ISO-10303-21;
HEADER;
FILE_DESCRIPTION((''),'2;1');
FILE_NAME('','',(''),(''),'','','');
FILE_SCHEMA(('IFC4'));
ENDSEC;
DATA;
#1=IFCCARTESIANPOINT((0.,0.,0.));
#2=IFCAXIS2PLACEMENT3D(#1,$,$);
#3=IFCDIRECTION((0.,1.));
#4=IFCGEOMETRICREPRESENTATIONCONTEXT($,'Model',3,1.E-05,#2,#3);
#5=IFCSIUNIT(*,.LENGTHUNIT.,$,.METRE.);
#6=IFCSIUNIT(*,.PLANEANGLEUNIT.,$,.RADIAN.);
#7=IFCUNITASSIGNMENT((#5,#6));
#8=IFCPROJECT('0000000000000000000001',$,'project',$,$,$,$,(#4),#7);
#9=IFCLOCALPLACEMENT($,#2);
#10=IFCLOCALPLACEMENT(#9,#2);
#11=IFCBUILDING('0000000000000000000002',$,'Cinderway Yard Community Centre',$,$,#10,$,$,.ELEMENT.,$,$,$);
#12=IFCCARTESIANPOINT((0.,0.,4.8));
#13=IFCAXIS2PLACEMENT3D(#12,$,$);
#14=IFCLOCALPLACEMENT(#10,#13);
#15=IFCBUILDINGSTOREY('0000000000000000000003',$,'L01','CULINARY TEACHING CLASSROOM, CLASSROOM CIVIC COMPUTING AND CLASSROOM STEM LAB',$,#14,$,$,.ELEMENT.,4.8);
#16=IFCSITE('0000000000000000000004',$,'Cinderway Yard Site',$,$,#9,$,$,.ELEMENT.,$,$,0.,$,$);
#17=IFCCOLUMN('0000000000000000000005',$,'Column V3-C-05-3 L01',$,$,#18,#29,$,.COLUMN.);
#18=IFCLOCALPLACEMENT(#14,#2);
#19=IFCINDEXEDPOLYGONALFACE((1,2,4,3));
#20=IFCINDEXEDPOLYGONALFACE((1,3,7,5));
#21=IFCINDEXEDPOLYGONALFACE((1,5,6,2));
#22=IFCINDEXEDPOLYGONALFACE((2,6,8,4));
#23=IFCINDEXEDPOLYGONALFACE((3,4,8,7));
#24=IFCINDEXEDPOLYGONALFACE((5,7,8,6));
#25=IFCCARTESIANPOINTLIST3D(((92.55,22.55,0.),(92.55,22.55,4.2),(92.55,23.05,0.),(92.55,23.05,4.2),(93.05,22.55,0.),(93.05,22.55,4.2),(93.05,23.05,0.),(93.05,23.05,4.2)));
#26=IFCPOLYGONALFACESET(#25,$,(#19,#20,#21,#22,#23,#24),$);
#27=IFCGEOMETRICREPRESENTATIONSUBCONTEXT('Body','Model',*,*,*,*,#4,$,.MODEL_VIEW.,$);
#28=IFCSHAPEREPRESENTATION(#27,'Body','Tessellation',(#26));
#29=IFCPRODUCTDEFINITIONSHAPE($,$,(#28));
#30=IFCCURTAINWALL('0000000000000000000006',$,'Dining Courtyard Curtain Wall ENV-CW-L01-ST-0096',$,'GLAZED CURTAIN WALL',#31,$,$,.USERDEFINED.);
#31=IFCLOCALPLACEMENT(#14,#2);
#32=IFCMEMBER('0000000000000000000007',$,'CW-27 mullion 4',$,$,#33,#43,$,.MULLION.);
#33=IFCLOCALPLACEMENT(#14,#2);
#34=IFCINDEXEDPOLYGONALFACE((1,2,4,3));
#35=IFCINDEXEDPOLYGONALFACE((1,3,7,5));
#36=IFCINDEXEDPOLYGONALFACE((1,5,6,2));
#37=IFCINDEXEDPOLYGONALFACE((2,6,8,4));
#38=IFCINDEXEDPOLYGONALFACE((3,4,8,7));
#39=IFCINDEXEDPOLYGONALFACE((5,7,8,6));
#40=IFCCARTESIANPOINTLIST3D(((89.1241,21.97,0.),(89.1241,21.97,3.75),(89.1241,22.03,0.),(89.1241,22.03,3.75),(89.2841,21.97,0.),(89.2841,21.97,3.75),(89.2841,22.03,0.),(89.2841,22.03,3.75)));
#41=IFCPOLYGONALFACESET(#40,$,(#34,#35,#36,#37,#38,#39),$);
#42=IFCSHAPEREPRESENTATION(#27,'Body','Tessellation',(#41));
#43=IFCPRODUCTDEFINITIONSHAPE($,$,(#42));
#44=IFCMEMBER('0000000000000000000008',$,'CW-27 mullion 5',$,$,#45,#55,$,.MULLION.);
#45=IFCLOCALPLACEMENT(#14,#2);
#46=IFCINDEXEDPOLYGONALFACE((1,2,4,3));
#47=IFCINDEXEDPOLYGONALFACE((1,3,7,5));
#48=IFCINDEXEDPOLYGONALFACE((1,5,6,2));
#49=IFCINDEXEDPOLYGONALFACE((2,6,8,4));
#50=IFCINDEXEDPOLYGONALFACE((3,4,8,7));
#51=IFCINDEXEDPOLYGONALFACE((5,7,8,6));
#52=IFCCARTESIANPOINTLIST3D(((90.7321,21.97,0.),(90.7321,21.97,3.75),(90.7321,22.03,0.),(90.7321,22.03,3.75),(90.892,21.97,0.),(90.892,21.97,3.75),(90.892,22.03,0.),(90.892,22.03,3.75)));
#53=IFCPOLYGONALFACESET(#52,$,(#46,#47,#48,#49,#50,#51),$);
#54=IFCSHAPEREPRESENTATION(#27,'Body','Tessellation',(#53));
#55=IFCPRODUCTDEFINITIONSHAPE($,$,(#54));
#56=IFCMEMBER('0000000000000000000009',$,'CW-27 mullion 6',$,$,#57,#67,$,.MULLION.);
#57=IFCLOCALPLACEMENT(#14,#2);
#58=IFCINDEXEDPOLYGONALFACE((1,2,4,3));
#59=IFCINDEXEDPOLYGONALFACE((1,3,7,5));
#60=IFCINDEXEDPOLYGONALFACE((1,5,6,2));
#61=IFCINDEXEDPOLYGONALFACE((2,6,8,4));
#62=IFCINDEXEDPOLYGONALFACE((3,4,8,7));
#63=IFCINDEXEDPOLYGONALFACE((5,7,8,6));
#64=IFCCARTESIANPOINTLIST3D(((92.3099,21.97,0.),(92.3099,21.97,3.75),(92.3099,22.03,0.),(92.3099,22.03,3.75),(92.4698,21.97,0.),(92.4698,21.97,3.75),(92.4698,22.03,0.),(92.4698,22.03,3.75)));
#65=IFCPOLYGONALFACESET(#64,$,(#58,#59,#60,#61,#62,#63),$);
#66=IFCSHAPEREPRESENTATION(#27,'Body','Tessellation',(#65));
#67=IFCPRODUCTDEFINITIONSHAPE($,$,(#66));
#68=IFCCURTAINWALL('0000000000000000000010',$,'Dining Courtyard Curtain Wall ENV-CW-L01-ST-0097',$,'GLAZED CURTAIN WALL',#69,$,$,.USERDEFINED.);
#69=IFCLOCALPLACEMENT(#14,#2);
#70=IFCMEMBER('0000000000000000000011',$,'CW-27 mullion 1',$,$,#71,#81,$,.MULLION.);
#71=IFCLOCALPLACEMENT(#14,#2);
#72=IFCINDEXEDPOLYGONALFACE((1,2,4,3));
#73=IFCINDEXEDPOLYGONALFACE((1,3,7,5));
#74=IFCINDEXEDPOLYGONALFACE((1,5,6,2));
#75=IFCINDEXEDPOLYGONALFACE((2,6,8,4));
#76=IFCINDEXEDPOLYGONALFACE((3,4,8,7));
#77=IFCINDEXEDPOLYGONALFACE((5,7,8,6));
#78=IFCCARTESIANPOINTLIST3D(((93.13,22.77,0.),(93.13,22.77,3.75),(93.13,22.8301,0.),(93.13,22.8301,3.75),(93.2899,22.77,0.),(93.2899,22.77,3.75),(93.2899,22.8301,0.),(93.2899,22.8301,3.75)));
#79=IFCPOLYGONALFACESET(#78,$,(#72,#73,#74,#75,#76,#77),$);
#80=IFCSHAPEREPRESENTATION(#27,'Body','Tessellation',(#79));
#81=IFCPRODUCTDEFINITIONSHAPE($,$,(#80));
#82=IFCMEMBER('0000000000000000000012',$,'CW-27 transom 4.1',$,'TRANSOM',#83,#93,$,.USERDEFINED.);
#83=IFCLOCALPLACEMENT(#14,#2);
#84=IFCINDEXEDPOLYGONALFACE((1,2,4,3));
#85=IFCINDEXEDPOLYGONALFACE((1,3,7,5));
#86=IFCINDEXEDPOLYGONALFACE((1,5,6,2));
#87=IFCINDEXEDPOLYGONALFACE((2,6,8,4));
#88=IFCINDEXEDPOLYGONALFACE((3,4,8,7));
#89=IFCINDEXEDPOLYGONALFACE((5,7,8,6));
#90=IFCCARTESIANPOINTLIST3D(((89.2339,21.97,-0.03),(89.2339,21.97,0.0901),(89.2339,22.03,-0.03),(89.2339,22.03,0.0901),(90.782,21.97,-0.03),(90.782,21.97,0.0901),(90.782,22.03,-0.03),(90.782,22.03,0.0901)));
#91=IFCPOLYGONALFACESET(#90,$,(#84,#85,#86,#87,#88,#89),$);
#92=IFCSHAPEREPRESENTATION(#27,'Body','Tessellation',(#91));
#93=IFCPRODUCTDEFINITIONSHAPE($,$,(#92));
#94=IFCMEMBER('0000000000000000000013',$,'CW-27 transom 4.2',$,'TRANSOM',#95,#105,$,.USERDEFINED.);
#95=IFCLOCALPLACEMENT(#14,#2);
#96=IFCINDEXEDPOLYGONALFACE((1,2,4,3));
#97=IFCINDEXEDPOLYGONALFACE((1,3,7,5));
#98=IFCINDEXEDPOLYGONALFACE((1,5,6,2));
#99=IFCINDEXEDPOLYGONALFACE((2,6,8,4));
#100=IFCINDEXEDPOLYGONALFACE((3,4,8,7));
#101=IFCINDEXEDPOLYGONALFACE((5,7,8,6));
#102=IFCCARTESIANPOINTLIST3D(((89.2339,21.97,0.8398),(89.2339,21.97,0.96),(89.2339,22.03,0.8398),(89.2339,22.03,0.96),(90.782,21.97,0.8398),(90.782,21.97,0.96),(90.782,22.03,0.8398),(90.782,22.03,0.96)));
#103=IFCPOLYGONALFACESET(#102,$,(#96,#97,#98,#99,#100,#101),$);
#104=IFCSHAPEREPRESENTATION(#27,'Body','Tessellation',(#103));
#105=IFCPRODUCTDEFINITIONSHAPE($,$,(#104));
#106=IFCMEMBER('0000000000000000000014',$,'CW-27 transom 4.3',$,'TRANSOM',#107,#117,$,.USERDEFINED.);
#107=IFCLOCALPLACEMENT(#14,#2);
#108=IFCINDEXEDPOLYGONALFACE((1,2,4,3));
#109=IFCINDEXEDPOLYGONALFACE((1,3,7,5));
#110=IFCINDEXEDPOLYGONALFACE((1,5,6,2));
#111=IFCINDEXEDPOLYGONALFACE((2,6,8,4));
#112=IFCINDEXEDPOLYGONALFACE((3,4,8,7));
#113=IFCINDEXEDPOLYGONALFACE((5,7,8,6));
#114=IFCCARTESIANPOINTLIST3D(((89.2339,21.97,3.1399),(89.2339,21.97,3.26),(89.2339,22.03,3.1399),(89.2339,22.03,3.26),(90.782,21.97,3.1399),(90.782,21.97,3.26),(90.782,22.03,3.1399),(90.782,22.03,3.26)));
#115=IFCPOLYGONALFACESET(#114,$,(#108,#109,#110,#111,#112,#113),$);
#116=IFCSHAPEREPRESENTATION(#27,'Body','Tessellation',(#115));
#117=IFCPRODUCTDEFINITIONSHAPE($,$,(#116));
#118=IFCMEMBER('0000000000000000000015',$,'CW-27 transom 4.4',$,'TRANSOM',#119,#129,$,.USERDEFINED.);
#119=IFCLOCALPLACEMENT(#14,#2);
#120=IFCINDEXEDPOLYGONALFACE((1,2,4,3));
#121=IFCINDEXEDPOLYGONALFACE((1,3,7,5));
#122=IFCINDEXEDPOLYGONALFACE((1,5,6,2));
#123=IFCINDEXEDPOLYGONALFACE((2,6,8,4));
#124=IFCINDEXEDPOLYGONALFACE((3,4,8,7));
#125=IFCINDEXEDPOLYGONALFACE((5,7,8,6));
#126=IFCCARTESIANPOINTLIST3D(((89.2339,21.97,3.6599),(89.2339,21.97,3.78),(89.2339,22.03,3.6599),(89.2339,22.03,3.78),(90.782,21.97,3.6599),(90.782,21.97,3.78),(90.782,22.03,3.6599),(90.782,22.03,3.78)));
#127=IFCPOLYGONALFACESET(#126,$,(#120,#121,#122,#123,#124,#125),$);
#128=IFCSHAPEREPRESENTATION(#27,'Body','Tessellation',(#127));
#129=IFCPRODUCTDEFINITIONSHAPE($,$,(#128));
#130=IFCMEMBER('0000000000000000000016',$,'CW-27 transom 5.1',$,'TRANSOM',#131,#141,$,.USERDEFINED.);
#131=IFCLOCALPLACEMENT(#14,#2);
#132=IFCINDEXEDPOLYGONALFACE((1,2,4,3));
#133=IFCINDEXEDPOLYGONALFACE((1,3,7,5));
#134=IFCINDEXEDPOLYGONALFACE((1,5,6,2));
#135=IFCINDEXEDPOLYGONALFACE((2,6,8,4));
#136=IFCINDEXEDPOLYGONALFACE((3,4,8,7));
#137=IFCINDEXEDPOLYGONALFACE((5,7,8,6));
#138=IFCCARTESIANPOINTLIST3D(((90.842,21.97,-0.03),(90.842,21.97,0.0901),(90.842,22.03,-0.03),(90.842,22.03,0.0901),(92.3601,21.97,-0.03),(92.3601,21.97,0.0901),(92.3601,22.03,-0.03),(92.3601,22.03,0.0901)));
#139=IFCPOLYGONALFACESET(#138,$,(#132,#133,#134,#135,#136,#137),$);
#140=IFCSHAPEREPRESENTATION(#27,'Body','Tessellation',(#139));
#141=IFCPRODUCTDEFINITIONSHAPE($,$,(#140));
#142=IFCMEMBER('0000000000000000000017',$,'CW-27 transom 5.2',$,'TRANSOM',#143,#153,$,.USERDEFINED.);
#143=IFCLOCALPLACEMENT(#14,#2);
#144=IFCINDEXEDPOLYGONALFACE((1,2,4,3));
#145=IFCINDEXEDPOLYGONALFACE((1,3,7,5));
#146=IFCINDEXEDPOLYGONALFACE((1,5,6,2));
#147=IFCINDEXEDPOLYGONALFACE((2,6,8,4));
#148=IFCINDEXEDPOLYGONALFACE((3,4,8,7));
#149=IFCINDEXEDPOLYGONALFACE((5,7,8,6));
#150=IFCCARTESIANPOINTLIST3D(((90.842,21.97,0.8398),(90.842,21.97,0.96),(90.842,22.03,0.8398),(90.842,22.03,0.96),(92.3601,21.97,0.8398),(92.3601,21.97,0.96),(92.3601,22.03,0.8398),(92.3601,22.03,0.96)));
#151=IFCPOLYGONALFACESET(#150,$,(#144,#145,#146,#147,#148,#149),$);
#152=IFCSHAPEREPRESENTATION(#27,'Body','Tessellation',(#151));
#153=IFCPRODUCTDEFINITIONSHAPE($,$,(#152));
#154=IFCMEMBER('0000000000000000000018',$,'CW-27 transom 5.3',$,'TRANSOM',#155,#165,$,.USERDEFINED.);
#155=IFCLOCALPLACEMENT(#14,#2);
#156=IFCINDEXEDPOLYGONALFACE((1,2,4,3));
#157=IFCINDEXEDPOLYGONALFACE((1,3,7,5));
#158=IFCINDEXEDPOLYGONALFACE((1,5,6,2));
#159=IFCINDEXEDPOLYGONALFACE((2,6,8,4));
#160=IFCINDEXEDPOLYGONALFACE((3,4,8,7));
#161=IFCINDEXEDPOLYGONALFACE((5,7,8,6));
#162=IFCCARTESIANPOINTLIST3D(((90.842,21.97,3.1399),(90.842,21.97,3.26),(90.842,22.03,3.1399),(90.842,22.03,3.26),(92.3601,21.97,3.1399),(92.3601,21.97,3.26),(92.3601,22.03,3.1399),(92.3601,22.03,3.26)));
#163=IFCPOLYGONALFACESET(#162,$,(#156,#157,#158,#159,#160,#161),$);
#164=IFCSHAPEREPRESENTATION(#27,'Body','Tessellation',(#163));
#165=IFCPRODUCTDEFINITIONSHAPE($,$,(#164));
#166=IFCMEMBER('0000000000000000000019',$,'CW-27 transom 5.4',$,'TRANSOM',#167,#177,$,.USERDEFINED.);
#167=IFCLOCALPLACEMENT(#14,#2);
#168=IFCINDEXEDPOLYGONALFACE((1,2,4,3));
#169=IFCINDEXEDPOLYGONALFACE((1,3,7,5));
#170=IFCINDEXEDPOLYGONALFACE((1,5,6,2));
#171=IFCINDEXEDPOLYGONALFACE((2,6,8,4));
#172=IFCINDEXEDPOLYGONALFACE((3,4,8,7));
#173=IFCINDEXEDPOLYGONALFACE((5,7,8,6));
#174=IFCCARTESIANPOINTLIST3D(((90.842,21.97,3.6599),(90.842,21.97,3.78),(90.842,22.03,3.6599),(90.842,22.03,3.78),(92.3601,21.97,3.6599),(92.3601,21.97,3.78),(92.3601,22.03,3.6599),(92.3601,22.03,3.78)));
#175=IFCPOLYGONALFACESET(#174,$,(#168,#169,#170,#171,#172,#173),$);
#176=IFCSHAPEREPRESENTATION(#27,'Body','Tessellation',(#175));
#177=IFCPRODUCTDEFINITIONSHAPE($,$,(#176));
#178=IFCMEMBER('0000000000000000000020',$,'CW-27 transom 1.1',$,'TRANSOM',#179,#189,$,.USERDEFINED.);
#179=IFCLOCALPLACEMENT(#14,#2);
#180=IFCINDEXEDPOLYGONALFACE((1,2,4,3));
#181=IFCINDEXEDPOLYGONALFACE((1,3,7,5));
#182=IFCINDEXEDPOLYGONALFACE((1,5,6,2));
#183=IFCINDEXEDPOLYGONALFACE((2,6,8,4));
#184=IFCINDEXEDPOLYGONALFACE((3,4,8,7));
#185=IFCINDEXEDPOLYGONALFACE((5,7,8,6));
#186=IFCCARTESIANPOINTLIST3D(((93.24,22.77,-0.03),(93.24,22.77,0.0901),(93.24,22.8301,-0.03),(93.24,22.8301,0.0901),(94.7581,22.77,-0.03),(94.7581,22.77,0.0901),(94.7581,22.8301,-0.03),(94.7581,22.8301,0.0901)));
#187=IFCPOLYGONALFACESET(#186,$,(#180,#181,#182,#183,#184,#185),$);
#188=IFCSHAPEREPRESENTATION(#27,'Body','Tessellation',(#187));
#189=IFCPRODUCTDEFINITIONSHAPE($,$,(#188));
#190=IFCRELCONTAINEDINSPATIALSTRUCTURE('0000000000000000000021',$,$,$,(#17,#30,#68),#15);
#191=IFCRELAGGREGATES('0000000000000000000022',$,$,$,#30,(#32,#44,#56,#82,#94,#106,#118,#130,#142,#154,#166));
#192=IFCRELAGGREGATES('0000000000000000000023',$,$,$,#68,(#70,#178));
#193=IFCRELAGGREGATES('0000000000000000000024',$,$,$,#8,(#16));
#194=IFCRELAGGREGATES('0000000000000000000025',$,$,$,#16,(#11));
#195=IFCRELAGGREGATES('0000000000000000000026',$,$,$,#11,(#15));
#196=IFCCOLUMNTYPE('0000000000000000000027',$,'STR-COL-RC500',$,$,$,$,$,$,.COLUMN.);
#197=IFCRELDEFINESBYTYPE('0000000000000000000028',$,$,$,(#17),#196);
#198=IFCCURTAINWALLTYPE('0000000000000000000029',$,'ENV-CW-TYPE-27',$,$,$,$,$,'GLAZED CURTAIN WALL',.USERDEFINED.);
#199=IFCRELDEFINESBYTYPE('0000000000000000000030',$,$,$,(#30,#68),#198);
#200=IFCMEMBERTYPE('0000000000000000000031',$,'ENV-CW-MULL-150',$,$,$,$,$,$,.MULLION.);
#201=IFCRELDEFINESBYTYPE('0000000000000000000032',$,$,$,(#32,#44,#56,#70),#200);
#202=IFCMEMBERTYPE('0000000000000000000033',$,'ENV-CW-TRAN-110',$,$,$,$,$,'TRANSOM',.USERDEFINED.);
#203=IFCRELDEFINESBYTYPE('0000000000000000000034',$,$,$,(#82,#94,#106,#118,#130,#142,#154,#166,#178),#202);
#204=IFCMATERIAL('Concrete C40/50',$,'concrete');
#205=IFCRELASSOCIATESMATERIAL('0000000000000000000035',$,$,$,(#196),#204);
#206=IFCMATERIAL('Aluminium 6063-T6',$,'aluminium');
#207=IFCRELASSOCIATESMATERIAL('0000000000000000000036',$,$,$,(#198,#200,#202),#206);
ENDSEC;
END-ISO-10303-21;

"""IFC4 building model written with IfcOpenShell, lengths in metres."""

from ifc_helpers import new_model, si_unit, direction, frame, origin, origin_2d, place, context, subcontext, project, spatial, rectangle, extrude, material, material_profile, profile_set, type_object, element, aggregate, save


model = new_model("IFC4")

# Units and contexts
model_context = context("Model", 3, precision=1e-05, world=origin(), true_north=direction((0.0, 1.0)))
body_context = subcontext(model_context, "Body", "Model", "MODEL_VIEW")
ifc_project = project(units=[si_unit("LENGTHUNIT", "METRE"), si_unit("PLANEANGLEUNIT", "RADIAN")], contexts=[model_context])

# Site, building, storey
site_placement = place(None, origin())
site = spatial("IfcSite", under=ifc_project, at=site_placement, Name="Cinderway Yard Site", CompositionType="ELEMENT", RefElevation=0.0)
building_placement = place(site_placement, origin())
building = spatial("IfcBuilding", under=site, at=building_placement, Name="Cinderway Yard Community Centre", CompositionType="ELEMENT")
storey_placement = place(building_placement, frame((0.0, 0.0, 4.8)))
storey = spatial("IfcBuildingStorey", under=building, at=storey_placement, Name="L01", Description="CULINARY TEACHING CLASSROOM, CLASSROOM CIVIC COMPUTING AND CLASSROOM STEM LAB", CompositionType="ELEMENT", Elevation=4.8)

# Column
ifc_material_1 = material(Name="Concrete C40/50", Category="concrete")
ifc_material_profile_1 = material_profile(ifc_material_1, rectangle(XDim=0.5, YDim=0.5, at=origin_2d()), Name="Concrete C40/50")
ifc_profile_set_1 = profile_set([ifc_material_profile_1], Name="Concrete C40/50")
column_type = type_object("IfcColumnType", Name="STR-COL-RC500", PredefinedType="COLUMN", material=ifc_profile_set_1)
column_placement = place(storey_placement, frame((92.8, 22.8, 0.0), z_axis=(0.0, 0.0, 1.0), x_axis=(1.0, 0.0, 0.0)))
element("IfcColumn", 1, at=column_placement, inside=storey, type_object=column_type, Name="Column V3-C-05-3 L01", PredefinedType="COLUMN", context=body_context, shape_type="SweptSolid", body=[
    extrude(rectangle(XDim=0.5, YDim=0.5, at=origin_2d()), origin(), (0.0, 0.0, 1.0), 4.2),
])

# Curtain wall, members
ifc_material_2 = material(Name="Aluminium 6063-T6", Category="aluminium")
curtain_wall_type = type_object("IfcCurtainWallType", Name="ENV-CW-TYPE-27", ElementType="GLAZED CURTAIN WALL", PredefinedType="USERDEFINED", material=ifc_material_2)
curtain_wall_1_placement = place(storey_placement, origin())
curtain_wall_1 = element("IfcCurtainWall", 2, at=curtain_wall_1_placement, inside=storey, type_object=curtain_wall_type, Name="Dining Courtyard Curtain Wall ENV-CW-L01-ST-0096", ObjectType="GLAZED CURTAIN WALL", PredefinedType="USERDEFINED")
ifc_material_profile_2 = material_profile(ifc_material_2, rectangle(XDim=0.0601, YDim=0.1599, at=origin_2d()), Name="Aluminium 6063-T6")
ifc_profile_set_2 = profile_set([ifc_material_profile_2], Name="Aluminium 6063-T6")
member_type_1 = type_object("IfcMemberType", Name="ENV-CW-MULL-150", PredefinedType="MULLION", material=ifc_profile_set_2)
member_1_placement = place(storey_placement, frame((89.2041, 22.0, 0.0), z_axis=(0.0, 0.0, 1.0), x_axis=(0.0, 1.0, 0.0)))
member_1 = element("IfcMember", 3, at=member_1_placement, type_object=member_type_1, Name="CW-27 mullion 4", PredefinedType="MULLION", context=body_context, shape_type="SweptSolid", body=[
    extrude(rectangle(XDim=0.0601, YDim=0.1599, at=origin_2d()), origin(), (0.0, 0.0, 1.0), 3.75),
])
member_2_placement = place(storey_placement, frame((90.812, 22.0, 0.0), z_axis=(0.0, 0.0, 1.0), x_axis=(0.0, 1.0, 0.0)))
member_2 = element("IfcMember", 4, at=member_2_placement, type_object=member_type_1, Name="CW-27 mullion 5", PredefinedType="MULLION", context=body_context, shape_type="SweptSolid", body=[
    extrude(rectangle(XDim=0.0601, YDim=0.1599, at=origin_2d()), origin(), (0.0, 0.0, 1.0), 3.75),
])
member_3_placement = place(storey_placement, frame((92.3899, 22.0, 0.0), z_axis=(0.0, 0.0, 1.0), x_axis=(0.0, 1.0, 0.0)))
member_3 = element("IfcMember", 5, at=member_3_placement, type_object=member_type_1, Name="CW-27 mullion 6", PredefinedType="MULLION", context=body_context, shape_type="SweptSolid", body=[
    extrude(rectangle(XDim=0.0601, YDim=0.1599, at=origin_2d()), origin(), (0.0, 0.0, 1.0), 3.75),
])

# Curtain wall, member
curtain_wall_2_placement = place(storey_placement, origin())
curtain_wall_2 = element("IfcCurtainWall", 6, at=curtain_wall_2_placement, inside=storey, type_object=curtain_wall_type, Name="Dining Courtyard Curtain Wall ENV-CW-L01-ST-0097", ObjectType="GLAZED CURTAIN WALL", PredefinedType="USERDEFINED")
member_4_placement = place(storey_placement, frame((93.21, 22.8, 0.0), z_axis=(0.0, 0.0, 1.0), x_axis=(0.0, 1.0, 0.0)))
member_4 = element("IfcMember", 7, at=member_4_placement, type_object=member_type_1, Name="CW-27 mullion 1", PredefinedType="MULLION", context=body_context, shape_type="SweptSolid", body=[
    extrude(rectangle(XDim=0.0601, YDim=0.1599, at=origin_2d()), origin(), (0.0, 0.0, 1.0), 3.75),
])

# Members
ifc_material_profile_3 = material_profile(ifc_material_2, rectangle(XDim=0.0601, YDim=0.1201, at=origin_2d()), Name="Aluminium 6063-T6")
ifc_profile_set_3 = profile_set([ifc_material_profile_3], Name="Aluminium 6063-T6")
member_type_2 = type_object("IfcMemberType", Name="ENV-CW-TRAN-110", ElementType="TRANSOM", PredefinedType="USERDEFINED", material=ifc_profile_set_3)
member_5_placement = place(storey_placement, frame((89.2339, 22.0, 0.03), z_axis=(1.0, 0.0, 0.0), x_axis=(0.0, 1.0, 0.0)))
member_5 = element("IfcMember", 8, at=member_5_placement, type_object=member_type_2, Name="CW-27 transom 4.1", ObjectType="TRANSOM", PredefinedType="USERDEFINED", context=body_context, shape_type="SweptSolid", body=[
    extrude(rectangle(XDim=0.0601, YDim=0.1201, at=origin_2d()), origin(), (0.0, 0.0, 1.0), 1.5481),
])
member_6_placement = place(storey_placement, frame((89.2339, 22.0, 0.8999), z_axis=(1.0, 0.0, 0.0), x_axis=(0.0, 1.0, 0.0)))
member_6 = element("IfcMember", 9, at=member_6_placement, type_object=member_type_2, Name="CW-27 transom 4.2", ObjectType="TRANSOM", PredefinedType="USERDEFINED", context=body_context, shape_type="SweptSolid", body=[
    extrude(rectangle(XDim=0.0601, YDim=0.1201, at=origin_2d()), origin(), (0.0, 0.0, 1.0), 1.5481),
])
member_7_placement = place(storey_placement, frame((89.2339, 22.0, 3.2), z_axis=(1.0, 0.0, 0.0), x_axis=(0.0, 1.0, 0.0)))
member_7 = element("IfcMember", 10, at=member_7_placement, type_object=member_type_2, Name="CW-27 transom 4.3", ObjectType="TRANSOM", PredefinedType="USERDEFINED", context=body_context, shape_type="SweptSolid", body=[
    extrude(rectangle(XDim=0.0601, YDim=0.1201, at=origin_2d()), origin(), (0.0, 0.0, 1.0), 1.5481),
])
member_8_placement = place(storey_placement, frame((89.2339, 22.0, 3.72), z_axis=(1.0, 0.0, 0.0), x_axis=(0.0, 1.0, 0.0)))
member_8 = element("IfcMember", 11, at=member_8_placement, type_object=member_type_2, Name="CW-27 transom 4.4", ObjectType="TRANSOM", PredefinedType="USERDEFINED", context=body_context, shape_type="SweptSolid", body=[
    extrude(rectangle(XDim=0.0601, YDim=0.1201, at=origin_2d()), origin(), (0.0, 0.0, 1.0), 1.5481),
])
member_9_placement = place(storey_placement, frame((90.842, 22.0, 0.03), z_axis=(1.0, 0.0, 0.0), x_axis=(0.0, 1.0, 0.0)))
member_9 = element("IfcMember", 12, at=member_9_placement, type_object=member_type_2, Name="CW-27 transom 5.1", ObjectType="TRANSOM", PredefinedType="USERDEFINED", context=body_context, shape_type="SweptSolid", body=[
    extrude(rectangle(XDim=0.0601, YDim=0.1201, at=origin_2d()), origin(), (0.0, 0.0, 1.0), 1.5181),
])
member_10_placement = place(storey_placement, frame((90.842, 22.0, 0.8999), z_axis=(1.0, 0.0, 0.0), x_axis=(0.0, 1.0, 0.0)))
member_10 = element("IfcMember", 13, at=member_10_placement, type_object=member_type_2, Name="CW-27 transom 5.2", ObjectType="TRANSOM", PredefinedType="USERDEFINED", context=body_context, shape_type="SweptSolid", body=[
    extrude(rectangle(XDim=0.0601, YDim=0.1201, at=origin_2d()), origin(), (0.0, 0.0, 1.0), 1.5181),
])
member_11_placement = place(storey_placement, frame((90.842, 22.0, 3.2), z_axis=(1.0, 0.0, 0.0), x_axis=(0.0, 1.0, 0.0)))
member_11 = element("IfcMember", 14, at=member_11_placement, type_object=member_type_2, Name="CW-27 transom 5.3", ObjectType="TRANSOM", PredefinedType="USERDEFINED", context=body_context, shape_type="SweptSolid", body=[
    extrude(rectangle(XDim=0.0601, YDim=0.1201, at=origin_2d()), origin(), (0.0, 0.0, 1.0), 1.5181),
])
member_12_placement = place(storey_placement, frame((90.842, 22.0, 3.72), z_axis=(1.0, 0.0, 0.0), x_axis=(0.0, 1.0, 0.0)))
member_12 = element("IfcMember", 15, at=member_12_placement, type_object=member_type_2, Name="CW-27 transom 5.4", ObjectType="TRANSOM", PredefinedType="USERDEFINED", context=body_context, shape_type="SweptSolid", body=[
    extrude(rectangle(XDim=0.0601, YDim=0.1201, at=origin_2d()), origin(), (0.0, 0.0, 1.0), 1.5181),
])
member_13_placement = place(storey_placement, frame((93.24, 22.8, 0.03), z_axis=(1.0, 0.0, 0.0), x_axis=(0.0, 1.0, 0.0)))
member_13 = element("IfcMember", 16, at=member_13_placement, type_object=member_type_2, Name="CW-27 transom 1.1", ObjectType="TRANSOM", PredefinedType="USERDEFINED", context=body_context, shape_type="SweptSolid", body=[
    extrude(rectangle(XDim=0.0601, YDim=0.1201, at=origin_2d()), origin(), (0.0, 0.0, 1.0), 1.5181),
])

aggregate(curtain_wall_1, [member_1, member_2, member_3, member_5, member_6, member_7, member_8, member_9, member_10, member_11, member_12])
aggregate(curtain_wall_2, [member_4, member_13])

save(model, "model.ifc")
